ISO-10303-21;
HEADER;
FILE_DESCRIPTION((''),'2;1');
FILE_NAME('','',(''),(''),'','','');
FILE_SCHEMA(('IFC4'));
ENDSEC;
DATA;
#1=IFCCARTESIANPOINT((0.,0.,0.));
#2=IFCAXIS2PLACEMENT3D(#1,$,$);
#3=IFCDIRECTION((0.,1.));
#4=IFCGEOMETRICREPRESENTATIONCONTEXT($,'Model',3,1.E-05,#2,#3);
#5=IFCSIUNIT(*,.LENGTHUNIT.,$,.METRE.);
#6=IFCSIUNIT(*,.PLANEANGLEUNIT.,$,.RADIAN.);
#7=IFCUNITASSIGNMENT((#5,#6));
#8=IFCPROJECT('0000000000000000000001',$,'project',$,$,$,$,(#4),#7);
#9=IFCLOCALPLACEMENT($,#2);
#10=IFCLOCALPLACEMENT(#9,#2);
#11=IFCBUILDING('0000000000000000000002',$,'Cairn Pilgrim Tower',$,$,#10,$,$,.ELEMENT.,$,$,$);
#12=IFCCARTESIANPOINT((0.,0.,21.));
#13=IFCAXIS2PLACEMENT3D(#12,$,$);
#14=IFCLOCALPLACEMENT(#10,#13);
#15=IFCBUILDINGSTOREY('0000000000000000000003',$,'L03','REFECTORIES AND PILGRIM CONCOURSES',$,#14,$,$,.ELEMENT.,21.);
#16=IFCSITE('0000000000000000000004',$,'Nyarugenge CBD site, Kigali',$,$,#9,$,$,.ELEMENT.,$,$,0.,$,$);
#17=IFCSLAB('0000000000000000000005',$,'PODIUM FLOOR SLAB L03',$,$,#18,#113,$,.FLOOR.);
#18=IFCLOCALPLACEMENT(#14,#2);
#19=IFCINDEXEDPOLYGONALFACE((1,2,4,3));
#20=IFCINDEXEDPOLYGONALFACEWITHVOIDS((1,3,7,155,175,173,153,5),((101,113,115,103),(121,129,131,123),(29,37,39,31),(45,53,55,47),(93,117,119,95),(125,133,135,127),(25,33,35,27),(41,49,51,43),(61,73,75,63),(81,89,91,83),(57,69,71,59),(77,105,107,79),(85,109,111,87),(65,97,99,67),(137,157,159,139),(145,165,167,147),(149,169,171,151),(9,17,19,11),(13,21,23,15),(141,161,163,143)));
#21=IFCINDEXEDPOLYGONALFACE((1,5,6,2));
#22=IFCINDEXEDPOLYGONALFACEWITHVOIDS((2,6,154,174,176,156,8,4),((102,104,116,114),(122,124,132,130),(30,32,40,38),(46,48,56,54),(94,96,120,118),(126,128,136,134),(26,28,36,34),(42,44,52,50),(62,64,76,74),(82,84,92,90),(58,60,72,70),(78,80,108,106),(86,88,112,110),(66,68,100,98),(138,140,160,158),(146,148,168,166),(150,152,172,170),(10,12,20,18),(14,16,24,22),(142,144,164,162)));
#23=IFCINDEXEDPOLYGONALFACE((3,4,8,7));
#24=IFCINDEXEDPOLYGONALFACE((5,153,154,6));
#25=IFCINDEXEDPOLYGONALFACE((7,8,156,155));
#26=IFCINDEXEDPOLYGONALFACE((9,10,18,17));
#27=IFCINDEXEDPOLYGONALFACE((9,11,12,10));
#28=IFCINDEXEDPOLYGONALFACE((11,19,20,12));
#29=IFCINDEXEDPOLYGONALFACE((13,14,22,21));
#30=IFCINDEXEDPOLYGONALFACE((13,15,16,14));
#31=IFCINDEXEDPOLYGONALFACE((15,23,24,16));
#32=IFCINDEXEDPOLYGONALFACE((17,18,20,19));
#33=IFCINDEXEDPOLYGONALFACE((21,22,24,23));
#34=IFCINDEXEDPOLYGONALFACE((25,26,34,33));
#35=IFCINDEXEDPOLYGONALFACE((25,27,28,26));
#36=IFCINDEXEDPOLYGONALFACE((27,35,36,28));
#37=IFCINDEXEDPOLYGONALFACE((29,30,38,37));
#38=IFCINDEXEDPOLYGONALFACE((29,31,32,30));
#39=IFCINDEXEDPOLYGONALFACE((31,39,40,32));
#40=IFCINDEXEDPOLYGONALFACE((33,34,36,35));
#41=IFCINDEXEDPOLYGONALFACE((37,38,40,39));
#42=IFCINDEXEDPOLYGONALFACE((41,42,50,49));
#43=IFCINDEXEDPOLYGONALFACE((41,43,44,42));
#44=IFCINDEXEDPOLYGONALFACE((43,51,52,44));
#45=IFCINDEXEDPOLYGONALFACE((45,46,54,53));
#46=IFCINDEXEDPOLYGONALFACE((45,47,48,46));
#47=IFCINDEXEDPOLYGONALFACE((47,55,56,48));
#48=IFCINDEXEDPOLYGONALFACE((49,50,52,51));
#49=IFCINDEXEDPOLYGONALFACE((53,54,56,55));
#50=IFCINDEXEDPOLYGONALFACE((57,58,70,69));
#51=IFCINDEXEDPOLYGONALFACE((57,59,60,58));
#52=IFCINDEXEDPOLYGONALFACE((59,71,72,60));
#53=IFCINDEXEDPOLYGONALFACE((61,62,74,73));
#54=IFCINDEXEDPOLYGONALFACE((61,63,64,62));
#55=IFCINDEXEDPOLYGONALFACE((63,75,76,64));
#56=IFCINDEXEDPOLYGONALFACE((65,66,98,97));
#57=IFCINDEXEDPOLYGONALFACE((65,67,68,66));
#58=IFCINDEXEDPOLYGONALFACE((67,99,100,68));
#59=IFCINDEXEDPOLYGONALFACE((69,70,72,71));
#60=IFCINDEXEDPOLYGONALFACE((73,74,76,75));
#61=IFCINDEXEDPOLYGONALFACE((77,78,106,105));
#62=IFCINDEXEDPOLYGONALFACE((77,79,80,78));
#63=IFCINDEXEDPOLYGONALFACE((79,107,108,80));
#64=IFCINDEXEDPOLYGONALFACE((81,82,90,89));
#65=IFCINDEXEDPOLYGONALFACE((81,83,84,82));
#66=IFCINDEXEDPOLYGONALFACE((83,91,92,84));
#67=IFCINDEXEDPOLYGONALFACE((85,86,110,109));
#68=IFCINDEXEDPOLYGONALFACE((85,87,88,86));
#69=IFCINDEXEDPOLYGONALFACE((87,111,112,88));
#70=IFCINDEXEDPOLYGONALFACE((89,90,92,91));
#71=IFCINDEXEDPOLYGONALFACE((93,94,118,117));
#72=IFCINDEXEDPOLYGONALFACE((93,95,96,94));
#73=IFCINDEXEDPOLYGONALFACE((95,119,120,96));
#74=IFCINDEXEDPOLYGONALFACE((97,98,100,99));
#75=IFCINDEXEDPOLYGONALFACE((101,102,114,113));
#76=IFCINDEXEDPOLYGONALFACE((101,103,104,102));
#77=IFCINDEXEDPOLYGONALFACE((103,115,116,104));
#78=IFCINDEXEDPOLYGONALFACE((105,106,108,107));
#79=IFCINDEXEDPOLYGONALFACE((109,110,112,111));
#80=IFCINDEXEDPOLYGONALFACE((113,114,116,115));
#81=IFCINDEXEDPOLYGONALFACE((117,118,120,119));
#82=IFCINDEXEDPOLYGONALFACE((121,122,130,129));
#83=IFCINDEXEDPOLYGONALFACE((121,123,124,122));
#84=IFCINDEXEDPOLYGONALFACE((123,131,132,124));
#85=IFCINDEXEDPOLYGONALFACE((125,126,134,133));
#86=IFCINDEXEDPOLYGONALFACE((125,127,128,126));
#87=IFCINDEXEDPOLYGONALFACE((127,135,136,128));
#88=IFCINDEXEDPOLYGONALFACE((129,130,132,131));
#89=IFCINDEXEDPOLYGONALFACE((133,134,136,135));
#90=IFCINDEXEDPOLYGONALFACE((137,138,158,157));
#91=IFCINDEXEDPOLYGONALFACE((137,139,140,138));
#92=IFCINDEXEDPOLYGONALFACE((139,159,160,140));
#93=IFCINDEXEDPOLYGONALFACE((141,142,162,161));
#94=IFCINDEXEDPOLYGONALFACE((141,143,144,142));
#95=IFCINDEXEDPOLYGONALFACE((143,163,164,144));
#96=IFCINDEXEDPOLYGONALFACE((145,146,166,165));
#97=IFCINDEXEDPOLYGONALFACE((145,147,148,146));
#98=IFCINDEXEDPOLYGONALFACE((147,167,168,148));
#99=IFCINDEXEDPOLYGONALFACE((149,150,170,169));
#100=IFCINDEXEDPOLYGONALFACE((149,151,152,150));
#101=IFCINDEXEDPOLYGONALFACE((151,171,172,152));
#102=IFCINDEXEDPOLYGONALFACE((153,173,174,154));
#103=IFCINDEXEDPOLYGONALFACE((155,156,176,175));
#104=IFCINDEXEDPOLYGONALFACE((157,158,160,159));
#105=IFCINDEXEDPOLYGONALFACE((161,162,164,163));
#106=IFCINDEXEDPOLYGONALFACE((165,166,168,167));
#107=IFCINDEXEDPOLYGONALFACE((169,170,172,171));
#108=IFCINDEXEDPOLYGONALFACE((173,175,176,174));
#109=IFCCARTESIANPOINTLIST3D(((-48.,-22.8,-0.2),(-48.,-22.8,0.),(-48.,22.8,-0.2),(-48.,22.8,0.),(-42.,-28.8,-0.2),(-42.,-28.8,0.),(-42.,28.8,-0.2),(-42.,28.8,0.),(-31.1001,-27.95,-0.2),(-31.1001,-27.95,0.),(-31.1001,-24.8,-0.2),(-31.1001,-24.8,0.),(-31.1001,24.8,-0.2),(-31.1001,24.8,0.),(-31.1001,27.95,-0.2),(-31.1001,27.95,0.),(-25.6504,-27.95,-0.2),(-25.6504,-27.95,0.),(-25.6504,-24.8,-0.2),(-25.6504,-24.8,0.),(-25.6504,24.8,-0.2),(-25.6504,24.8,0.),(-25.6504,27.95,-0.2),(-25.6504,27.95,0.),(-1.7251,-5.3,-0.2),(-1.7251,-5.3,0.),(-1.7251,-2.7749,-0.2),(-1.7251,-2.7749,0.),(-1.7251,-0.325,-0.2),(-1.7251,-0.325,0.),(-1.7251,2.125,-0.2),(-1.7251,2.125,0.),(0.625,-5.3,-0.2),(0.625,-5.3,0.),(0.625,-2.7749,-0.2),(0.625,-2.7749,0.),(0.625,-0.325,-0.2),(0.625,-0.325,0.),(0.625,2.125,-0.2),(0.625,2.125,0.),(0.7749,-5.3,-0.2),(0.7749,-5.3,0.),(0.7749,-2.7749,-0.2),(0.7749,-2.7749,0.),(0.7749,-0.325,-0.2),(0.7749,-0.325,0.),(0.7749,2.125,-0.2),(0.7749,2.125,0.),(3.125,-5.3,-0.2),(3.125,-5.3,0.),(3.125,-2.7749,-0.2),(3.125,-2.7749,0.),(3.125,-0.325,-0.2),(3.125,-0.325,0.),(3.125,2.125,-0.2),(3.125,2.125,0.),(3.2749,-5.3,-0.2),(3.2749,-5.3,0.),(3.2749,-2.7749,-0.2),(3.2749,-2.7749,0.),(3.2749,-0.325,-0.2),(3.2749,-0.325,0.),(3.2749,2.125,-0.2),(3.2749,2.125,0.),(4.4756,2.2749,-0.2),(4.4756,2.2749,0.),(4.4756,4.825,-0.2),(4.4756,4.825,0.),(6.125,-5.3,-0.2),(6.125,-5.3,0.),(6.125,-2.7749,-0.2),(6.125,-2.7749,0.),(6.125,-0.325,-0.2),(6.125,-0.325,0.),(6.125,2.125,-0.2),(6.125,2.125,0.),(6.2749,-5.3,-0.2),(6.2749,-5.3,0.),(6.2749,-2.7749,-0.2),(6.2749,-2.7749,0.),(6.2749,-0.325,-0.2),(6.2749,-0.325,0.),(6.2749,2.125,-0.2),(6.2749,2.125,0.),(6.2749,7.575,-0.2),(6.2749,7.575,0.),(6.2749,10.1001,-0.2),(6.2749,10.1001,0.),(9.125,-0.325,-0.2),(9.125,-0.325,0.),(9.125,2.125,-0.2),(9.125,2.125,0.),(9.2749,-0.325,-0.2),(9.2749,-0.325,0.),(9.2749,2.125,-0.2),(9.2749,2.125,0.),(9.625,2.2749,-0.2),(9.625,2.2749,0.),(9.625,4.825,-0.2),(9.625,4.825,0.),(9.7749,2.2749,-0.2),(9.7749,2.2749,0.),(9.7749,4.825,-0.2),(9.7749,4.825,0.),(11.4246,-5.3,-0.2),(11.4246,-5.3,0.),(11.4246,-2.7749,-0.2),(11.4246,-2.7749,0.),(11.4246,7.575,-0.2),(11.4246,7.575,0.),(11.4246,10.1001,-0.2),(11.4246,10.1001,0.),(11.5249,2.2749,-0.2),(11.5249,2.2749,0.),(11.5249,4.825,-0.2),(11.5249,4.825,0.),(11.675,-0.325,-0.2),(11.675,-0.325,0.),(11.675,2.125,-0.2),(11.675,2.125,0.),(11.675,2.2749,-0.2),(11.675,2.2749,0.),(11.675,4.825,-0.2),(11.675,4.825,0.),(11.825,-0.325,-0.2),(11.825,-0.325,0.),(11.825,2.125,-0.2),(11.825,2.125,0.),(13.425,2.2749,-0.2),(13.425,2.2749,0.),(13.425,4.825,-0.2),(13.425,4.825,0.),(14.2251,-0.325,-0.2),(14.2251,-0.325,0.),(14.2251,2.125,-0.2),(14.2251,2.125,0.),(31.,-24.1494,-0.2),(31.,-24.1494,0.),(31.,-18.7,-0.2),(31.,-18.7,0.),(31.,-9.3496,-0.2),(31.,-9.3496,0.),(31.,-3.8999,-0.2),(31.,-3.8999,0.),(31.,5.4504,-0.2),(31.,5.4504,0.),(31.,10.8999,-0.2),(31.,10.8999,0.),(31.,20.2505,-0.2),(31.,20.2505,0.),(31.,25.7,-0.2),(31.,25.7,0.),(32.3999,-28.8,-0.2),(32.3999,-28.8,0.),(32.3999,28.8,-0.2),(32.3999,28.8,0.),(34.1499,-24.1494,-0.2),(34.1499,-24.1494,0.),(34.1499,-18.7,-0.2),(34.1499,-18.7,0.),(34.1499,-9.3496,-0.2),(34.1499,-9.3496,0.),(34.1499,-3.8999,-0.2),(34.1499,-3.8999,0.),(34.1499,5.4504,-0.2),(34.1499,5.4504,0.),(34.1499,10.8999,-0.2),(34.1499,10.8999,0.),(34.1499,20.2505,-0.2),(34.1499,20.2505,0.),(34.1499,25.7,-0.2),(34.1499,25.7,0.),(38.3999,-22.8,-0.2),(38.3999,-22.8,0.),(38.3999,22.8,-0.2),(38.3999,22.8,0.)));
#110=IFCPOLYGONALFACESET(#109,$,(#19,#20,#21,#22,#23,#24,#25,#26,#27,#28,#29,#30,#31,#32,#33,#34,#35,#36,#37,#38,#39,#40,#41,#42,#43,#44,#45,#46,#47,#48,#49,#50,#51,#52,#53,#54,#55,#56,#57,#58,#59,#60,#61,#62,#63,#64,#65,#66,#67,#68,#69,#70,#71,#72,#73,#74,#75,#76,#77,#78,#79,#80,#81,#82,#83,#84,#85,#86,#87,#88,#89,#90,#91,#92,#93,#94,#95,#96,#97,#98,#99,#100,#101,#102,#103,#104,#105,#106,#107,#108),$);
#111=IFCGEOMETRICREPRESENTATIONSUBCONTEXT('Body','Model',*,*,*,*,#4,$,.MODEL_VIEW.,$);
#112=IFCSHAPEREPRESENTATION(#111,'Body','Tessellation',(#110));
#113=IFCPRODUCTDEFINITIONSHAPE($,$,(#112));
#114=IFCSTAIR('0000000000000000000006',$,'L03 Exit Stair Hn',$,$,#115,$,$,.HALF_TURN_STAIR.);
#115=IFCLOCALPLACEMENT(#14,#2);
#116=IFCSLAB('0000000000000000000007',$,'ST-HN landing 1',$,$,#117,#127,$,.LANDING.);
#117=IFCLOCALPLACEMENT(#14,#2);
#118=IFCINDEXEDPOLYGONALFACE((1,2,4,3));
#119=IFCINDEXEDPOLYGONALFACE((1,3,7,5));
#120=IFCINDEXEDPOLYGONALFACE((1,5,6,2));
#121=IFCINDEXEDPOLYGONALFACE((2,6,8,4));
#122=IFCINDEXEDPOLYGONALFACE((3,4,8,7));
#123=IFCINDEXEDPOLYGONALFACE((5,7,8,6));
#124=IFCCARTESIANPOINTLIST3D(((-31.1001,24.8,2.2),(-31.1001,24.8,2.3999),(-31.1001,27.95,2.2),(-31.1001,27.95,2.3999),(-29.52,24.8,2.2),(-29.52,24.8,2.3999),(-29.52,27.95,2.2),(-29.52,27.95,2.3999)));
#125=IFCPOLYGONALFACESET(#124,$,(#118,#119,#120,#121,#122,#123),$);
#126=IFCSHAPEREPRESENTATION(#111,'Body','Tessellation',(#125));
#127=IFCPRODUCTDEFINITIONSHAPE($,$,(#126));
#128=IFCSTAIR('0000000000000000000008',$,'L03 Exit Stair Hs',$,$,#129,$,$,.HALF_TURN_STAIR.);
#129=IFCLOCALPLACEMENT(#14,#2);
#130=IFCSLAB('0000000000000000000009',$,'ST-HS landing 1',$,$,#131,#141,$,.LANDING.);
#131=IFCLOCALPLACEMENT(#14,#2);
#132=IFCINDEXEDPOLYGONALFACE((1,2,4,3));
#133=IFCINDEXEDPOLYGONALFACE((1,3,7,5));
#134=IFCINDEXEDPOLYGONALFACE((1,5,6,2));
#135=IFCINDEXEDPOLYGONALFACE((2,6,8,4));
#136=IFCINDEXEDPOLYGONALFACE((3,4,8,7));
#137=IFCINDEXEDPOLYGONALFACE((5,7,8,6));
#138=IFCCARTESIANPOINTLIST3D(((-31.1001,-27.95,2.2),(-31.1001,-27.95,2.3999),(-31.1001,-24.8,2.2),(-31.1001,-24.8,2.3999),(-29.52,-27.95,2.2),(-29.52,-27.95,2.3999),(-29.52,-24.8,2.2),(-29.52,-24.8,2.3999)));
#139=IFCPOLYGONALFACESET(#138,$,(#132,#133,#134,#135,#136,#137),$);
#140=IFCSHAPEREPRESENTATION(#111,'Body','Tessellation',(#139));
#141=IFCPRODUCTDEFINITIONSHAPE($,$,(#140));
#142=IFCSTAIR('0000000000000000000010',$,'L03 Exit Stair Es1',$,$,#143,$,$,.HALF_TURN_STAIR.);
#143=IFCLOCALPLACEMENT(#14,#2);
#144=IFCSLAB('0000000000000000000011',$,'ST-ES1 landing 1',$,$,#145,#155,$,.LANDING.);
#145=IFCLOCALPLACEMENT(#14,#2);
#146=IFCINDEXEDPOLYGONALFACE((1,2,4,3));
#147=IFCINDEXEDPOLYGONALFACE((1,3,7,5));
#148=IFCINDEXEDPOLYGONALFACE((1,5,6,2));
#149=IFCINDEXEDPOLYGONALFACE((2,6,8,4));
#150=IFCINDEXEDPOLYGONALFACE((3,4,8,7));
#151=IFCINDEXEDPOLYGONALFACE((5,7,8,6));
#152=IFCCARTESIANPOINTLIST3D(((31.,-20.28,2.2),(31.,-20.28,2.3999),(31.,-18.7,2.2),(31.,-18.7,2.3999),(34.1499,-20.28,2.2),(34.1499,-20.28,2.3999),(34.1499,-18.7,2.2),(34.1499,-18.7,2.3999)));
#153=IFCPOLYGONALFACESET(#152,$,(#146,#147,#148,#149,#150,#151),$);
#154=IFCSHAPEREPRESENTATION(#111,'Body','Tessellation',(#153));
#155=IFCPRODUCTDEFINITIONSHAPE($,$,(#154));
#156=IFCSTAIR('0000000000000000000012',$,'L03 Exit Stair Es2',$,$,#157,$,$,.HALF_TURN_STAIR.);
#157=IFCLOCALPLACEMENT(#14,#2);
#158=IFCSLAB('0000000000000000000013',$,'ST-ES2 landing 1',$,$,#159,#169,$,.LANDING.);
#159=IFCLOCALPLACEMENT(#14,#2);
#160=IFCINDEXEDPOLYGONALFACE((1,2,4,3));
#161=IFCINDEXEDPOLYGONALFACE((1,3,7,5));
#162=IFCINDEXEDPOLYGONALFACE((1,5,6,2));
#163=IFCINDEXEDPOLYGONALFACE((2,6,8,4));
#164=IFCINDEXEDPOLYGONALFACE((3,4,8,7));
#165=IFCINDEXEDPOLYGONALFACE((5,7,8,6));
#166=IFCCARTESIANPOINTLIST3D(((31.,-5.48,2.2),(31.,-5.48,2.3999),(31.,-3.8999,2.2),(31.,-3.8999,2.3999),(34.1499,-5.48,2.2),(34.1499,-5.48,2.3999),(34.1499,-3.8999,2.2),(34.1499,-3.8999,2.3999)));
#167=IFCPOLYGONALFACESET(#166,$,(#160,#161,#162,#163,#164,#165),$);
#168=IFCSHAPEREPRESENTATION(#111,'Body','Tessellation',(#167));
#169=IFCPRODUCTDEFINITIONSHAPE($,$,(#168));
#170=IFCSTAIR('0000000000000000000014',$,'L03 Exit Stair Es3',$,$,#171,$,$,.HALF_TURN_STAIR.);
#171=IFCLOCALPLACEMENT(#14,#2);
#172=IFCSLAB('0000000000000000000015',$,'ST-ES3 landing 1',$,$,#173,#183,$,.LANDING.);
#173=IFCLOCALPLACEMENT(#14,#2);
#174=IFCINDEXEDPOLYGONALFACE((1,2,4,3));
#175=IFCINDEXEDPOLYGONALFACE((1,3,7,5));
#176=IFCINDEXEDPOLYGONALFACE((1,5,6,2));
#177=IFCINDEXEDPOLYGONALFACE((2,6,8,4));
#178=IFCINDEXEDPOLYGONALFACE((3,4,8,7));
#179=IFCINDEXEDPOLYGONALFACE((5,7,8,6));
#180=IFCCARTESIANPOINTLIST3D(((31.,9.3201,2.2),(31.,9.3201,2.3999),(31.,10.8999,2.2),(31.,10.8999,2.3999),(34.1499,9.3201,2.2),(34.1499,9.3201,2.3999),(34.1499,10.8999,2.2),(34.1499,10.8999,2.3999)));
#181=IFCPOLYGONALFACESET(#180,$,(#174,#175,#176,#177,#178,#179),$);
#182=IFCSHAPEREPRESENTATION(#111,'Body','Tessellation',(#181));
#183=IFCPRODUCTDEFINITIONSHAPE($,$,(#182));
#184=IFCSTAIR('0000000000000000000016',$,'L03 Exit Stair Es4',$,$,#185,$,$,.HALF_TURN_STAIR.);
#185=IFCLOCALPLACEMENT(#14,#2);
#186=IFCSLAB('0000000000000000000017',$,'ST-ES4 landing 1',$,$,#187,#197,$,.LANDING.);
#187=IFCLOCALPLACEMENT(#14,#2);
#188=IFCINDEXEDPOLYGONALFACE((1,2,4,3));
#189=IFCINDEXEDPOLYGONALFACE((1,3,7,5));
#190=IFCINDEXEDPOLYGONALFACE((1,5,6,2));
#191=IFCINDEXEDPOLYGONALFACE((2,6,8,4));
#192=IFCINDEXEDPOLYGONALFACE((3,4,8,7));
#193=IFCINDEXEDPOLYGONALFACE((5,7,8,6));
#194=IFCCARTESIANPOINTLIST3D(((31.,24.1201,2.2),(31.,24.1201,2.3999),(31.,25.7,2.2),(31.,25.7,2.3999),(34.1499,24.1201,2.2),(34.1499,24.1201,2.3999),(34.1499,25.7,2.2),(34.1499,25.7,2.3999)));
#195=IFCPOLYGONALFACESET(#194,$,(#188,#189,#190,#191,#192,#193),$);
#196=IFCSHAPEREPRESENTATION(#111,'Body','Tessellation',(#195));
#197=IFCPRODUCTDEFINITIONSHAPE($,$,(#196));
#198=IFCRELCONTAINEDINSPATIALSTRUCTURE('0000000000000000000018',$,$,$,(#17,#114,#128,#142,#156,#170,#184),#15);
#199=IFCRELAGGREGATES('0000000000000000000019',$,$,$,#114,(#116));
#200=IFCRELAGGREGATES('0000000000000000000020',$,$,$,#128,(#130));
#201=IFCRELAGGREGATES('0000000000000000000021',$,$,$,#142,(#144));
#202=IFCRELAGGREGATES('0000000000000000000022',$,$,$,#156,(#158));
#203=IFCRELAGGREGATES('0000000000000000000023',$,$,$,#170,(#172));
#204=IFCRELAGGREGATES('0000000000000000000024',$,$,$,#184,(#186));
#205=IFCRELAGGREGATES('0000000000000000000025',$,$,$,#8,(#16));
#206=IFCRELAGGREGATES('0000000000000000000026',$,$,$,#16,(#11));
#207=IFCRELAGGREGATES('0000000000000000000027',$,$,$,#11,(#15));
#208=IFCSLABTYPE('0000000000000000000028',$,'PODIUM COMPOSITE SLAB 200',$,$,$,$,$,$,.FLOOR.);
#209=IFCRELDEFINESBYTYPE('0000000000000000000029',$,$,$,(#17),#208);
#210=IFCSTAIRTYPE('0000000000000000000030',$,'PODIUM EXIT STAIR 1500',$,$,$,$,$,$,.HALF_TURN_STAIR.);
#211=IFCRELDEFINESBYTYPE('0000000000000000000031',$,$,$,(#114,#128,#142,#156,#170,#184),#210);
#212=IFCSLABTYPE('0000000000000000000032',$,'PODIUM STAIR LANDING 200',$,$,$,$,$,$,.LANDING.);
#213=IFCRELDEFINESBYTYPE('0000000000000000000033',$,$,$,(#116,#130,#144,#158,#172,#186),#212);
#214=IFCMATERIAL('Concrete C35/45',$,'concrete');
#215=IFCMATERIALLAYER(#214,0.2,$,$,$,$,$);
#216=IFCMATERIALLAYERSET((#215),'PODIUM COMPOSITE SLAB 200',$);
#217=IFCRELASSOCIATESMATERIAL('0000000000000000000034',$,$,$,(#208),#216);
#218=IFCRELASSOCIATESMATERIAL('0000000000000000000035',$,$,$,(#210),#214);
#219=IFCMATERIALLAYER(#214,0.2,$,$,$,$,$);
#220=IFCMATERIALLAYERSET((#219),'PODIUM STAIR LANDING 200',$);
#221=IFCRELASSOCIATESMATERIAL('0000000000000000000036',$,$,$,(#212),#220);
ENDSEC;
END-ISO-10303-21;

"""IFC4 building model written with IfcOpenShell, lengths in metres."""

from ifc_helpers import new_model, si_unit, direction, frame, origin, place, context, subcontext, project, spatial, polyline, outline, extrude, material, layer, layer_set, type_object, element, aggregate, save


model = new_model("IFC4")

# Units and contexts
model_context = context("Model", 3, precision=1e-05, world=origin(), true_north=direction((0.0, 1.0)))
body_context = subcontext(model_context, "Body", "Model", "MODEL_VIEW")
ifc_project = project(units=[si_unit("LENGTHUNIT", "METRE"), si_unit("PLANEANGLEUNIT", "RADIAN")], contexts=[model_context])

# Site, building, storey
site_placement = place(None, origin())
site = spatial("IfcSite", under=ifc_project, at=site_placement, Name="Nyarugenge CBD site, Kigali", CompositionType="ELEMENT", RefElevation=0.0)
building_placement = place(site_placement, origin())
building = spatial("IfcBuilding", under=site, at=building_placement, Name="Cairn Pilgrim Tower", CompositionType="ELEMENT")
storey_placement = place(building_placement, frame((0.0, 0.0, 21.0)))
storey = spatial("IfcBuildingStorey", under=building, at=storey_placement, Name="L03", Description="REFECTORIES AND PILGRIM CONCOURSES", CompositionType="ELEMENT", Elevation=21.0)

# Slab
ifc_material_1 = material(Name="Concrete C35/45", Category="concrete")
ifc_layer_1 = layer(ifc_material_1, 0.2)
ifc_layer_set_1 = layer_set([ifc_layer_1], Name="PODIUM COMPOSITE SLAB 200")
slab_type_1 = type_object("IfcSlabType", Name="PODIUM COMPOSITE SLAB 200", PredefinedType="FLOOR", material=ifc_layer_set_1)
slab_1_placement = place(storey_placement, frame((0.0, 0.0, -0.2)))
element("IfcSlab", 1, at=slab_1_placement, inside=storey, type_object=slab_type_1, Name="PODIUM FLOOR SLAB L03", PredefinedType="FLOOR", context=body_context, shape_type="SweptSolid", body=[
    extrude(outline(polyline([(-42.0, 28.8), (-48.0, 22.8), (-48.0, -22.8), (-42.0, -28.8), (32.3999, -28.8), (38.3999, -22.8), (38.3999, 22.8), (32.3999, 28.8), (-42.0, 28.8)]), holes=[polyline([(-1.7251, -2.7749), (0.625, -2.7749), (0.625, -5.3), (-1.7251, -5.3), (-1.7251, -2.7749)]), polyline([(3.125, -2.7749), (3.125, -5.3), (0.7749, -5.3), (0.7749, -2.7749), (3.125, -2.7749)]), polyline([(0.625, -0.325), (-1.7251, -0.325), (-1.7251, 2.125), (0.625, 2.125), (0.625, -0.325)]), polyline([(0.7749, -0.325), (0.7749, 2.125), (3.125, 2.125), (3.125, -0.325), (0.7749, -0.325)]), polyline([(3.2749, -2.7749), (6.125, -2.7749), (6.125, -5.3), (3.2749, -5.3), (3.2749, -2.7749)]), polyline([(6.125, 2.125), (6.125, -0.325), (3.2749, -0.325), (3.2749, 2.125), (6.125, 2.125)]), polyline([(9.125, -0.325), (6.2749, -0.325), (6.2749, 2.125), (9.125, 2.125), (9.125, -0.325)]), polyline([(9.2749, -0.325), (9.2749, 2.125), (11.675, 2.125), (11.675, -0.325), (9.2749, -0.325)]), polyline([(11.825, 2.125), (14.2251, 2.125), (14.2251, -0.325), (11.825, -0.325), (11.825, 2.125)]), polyline([(11.5249, 4.825), (11.5249, 2.2749), (9.7749, 2.2749), (9.7749, 4.825), (11.5249, 4.825)]), polyline([(13.425, 2.2749), (11.675, 2.2749), (11.675, 4.825), (13.425, 4.825), (13.425, 2.2749)]), polyline([(11.4246, -2.7749), (11.4246, -5.3), (6.2749, -5.3), (6.2749, -2.7749), (11.4246, -2.7749)]), polyline([(4.4756, 4.825), (9.625, 4.825), (9.625, 2.2749), (4.4756, 2.2749), (4.4756, 4.825)]), polyline([(6.2749, 7.575), (6.2749, 10.1001), (11.4246, 10.1001), (11.4246, 7.575), (6.2749, 7.575)]), polyline([(-31.1001, 27.95), (-25.6504, 27.95), (-25.6504, 24.8), (-31.1001, 24.8), (-31.1001, 27.95)]), polyline([(-25.6504, -24.8), (-25.6504, -27.95), (-31.1001, -27.95), (-31.1001, -24.8), (-25.6504, -24.8)]), polyline([(31.0, -24.1494), (31.0, -18.7), (34.1499, -18.7), (34.1499, -24.1494), (31.0, -24.1494)]), polyline([(31.0, -3.8999), (34.1499, -3.8999), (34.1499, -9.3496), (31.0, -9.3496), (31.0, -3.8999)]), polyline([(34.1499, 10.8999), (34.1499, 5.4504), (31.0, 5.4504), (31.0, 10.8999), (34.1499, 10.8999)]), polyline([(34.1499, 20.2505), (31.0, 20.2505), (31.0, 25.7), (34.1499, 25.7), (34.1499, 20.2505)])]), origin(), (0.0, 0.0, 1.0), 0.2),
])

# Stairs, slabs
stair_type_1 = type_object("IfcStairType", Name="PODIUM EXIT STAIR 1500", PredefinedType="HALF_TURN_STAIR", material=ifc_material_1)
stair_1_placement = place(storey_placement, origin())
stair_1 = element("IfcStair", 2, at=stair_1_placement, inside=storey, type_object=stair_type_1, Name="L03 Exit Stair Hn", PredefinedType="HALF_TURN_STAIR")
ifc_layer_2 = layer(ifc_material_1, 0.2)
ifc_layer_set_2 = layer_set([ifc_layer_2], Name="PODIUM STAIR LANDING 200")
slab_type_2 = type_object("IfcSlabType", Name="PODIUM STAIR LANDING 200", PredefinedType="LANDING", material=ifc_layer_set_2)
slab_2_placement = place(storey_placement, frame((0.0, 0.0, 2.2)))
slab_2 = element("IfcSlab", 3, at=slab_2_placement, type_object=slab_type_2, Name="ST-HN landing 1", PredefinedType="LANDING", context=body_context, shape_type="SweptSolid", body=[
    extrude(outline(polyline([(-29.52, 27.95), (-31.1001, 27.95), (-31.1001, 24.8), (-29.52, 24.8), (-29.52, 27.95)])), origin(), (0.0, 0.0, 1.0), 0.2),
])
aggregate(stair_1, [slab_2])
stair_2_placement = place(storey_placement, origin())
stair_2 = element("IfcStair", 4, at=stair_2_placement, inside=storey, type_object=stair_type_1, Name="L03 Exit Stair Hs", PredefinedType="HALF_TURN_STAIR")
slab_3_placement = place(storey_placement, frame((0.0, 0.0, 2.2)))
slab_3 = element("IfcSlab", 5, at=slab_3_placement, type_object=slab_type_2, Name="ST-HS landing 1", PredefinedType="LANDING", context=body_context, shape_type="SweptSolid", body=[
    extrude(outline(polyline([(-29.52, -24.8), (-31.1001, -24.8), (-31.1001, -27.95), (-29.52, -27.95), (-29.52, -24.8)])), origin(), (0.0, 0.0, 1.0), 0.2),
])
aggregate(stair_2, [slab_3])
stair_3_placement = place(storey_placement, origin())
stair_3 = element("IfcStair", 6, at=stair_3_placement, inside=storey, type_object=stair_type_1, Name="L03 Exit Stair Es1", PredefinedType="HALF_TURN_STAIR")
slab_4_placement = place(storey_placement, frame((0.0, 0.0, 2.2)))
slab_4 = element("IfcSlab", 7, at=slab_4_placement, type_object=slab_type_2, Name="ST-ES1 landing 1", PredefinedType="LANDING", context=body_context, shape_type="SweptSolid", body=[
    extrude(outline(polyline([(34.1499, -20.28), (34.1499, -18.7), (31.0, -18.7), (31.0, -20.28), (34.1499, -20.28)])), origin(), (0.0, 0.0, 1.0), 0.2),
])
aggregate(stair_3, [slab_4])
stair_4_placement = place(storey_placement, origin())
stair_4 = element("IfcStair", 8, at=stair_4_placement, inside=storey, type_object=stair_type_1, Name="L03 Exit Stair Es2", PredefinedType="HALF_TURN_STAIR")
slab_5_placement = place(storey_placement, frame((0.0, 0.0, 2.2)))
slab_5 = element("IfcSlab", 9, at=slab_5_placement, type_object=slab_type_2, Name="ST-ES2 landing 1", PredefinedType="LANDING", context=body_context, shape_type="SweptSolid", body=[
    extrude(outline(polyline([(34.1499, -5.48), (34.1499, -3.8999), (31.0, -3.8999), (31.0, -5.48), (34.1499, -5.48)])), origin(), (0.0, 0.0, 1.0), 0.2),
])
aggregate(stair_4, [slab_5])
stair_5_placement = place(storey_placement, origin())
stair_5 = element("IfcStair", 10, at=stair_5_placement, inside=storey, type_object=stair_type_1, Name="L03 Exit Stair Es3", PredefinedType="HALF_TURN_STAIR")
slab_6_placement = place(storey_placement, frame((0.0, 0.0, 2.2)))
slab_6 = element("IfcSlab", 11, at=slab_6_placement, type_object=slab_type_2, Name="ST-ES3 landing 1", PredefinedType="LANDING", context=body_context, shape_type="SweptSolid", body=[
    extrude(outline(polyline([(34.1499, 9.3201), (34.1499, 10.8999), (31.0, 10.8999), (31.0, 9.3201), (34.1499, 9.3201)])), origin(), (0.0, 0.0, 1.0), 0.2),
])
aggregate(stair_5, [slab_6])
stair_6_placement = place(storey_placement, origin())
stair_6 = element("IfcStair", 12, at=stair_6_placement, inside=storey, type_object=stair_type_1, Name="L03 Exit Stair Es4", PredefinedType="HALF_TURN_STAIR")
slab_7_placement = place(storey_placement, frame((0.0, 0.0, 2.2)))
slab_7 = element("IfcSlab", 13, at=slab_7_placement, type_object=slab_type_2, Name="ST-ES4 landing 1", PredefinedType="LANDING", context=body_context, shape_type="SweptSolid", body=[
    extrude(outline(polyline([(34.1499, 24.1201), (34.1499, 25.7), (31.0, 25.7), (31.0, 24.1201), (34.1499, 24.1201)])), origin(), (0.0, 0.0, 1.0), 0.2),
])
aggregate(stair_6, [slab_7])

save(model, "model.ifc")
